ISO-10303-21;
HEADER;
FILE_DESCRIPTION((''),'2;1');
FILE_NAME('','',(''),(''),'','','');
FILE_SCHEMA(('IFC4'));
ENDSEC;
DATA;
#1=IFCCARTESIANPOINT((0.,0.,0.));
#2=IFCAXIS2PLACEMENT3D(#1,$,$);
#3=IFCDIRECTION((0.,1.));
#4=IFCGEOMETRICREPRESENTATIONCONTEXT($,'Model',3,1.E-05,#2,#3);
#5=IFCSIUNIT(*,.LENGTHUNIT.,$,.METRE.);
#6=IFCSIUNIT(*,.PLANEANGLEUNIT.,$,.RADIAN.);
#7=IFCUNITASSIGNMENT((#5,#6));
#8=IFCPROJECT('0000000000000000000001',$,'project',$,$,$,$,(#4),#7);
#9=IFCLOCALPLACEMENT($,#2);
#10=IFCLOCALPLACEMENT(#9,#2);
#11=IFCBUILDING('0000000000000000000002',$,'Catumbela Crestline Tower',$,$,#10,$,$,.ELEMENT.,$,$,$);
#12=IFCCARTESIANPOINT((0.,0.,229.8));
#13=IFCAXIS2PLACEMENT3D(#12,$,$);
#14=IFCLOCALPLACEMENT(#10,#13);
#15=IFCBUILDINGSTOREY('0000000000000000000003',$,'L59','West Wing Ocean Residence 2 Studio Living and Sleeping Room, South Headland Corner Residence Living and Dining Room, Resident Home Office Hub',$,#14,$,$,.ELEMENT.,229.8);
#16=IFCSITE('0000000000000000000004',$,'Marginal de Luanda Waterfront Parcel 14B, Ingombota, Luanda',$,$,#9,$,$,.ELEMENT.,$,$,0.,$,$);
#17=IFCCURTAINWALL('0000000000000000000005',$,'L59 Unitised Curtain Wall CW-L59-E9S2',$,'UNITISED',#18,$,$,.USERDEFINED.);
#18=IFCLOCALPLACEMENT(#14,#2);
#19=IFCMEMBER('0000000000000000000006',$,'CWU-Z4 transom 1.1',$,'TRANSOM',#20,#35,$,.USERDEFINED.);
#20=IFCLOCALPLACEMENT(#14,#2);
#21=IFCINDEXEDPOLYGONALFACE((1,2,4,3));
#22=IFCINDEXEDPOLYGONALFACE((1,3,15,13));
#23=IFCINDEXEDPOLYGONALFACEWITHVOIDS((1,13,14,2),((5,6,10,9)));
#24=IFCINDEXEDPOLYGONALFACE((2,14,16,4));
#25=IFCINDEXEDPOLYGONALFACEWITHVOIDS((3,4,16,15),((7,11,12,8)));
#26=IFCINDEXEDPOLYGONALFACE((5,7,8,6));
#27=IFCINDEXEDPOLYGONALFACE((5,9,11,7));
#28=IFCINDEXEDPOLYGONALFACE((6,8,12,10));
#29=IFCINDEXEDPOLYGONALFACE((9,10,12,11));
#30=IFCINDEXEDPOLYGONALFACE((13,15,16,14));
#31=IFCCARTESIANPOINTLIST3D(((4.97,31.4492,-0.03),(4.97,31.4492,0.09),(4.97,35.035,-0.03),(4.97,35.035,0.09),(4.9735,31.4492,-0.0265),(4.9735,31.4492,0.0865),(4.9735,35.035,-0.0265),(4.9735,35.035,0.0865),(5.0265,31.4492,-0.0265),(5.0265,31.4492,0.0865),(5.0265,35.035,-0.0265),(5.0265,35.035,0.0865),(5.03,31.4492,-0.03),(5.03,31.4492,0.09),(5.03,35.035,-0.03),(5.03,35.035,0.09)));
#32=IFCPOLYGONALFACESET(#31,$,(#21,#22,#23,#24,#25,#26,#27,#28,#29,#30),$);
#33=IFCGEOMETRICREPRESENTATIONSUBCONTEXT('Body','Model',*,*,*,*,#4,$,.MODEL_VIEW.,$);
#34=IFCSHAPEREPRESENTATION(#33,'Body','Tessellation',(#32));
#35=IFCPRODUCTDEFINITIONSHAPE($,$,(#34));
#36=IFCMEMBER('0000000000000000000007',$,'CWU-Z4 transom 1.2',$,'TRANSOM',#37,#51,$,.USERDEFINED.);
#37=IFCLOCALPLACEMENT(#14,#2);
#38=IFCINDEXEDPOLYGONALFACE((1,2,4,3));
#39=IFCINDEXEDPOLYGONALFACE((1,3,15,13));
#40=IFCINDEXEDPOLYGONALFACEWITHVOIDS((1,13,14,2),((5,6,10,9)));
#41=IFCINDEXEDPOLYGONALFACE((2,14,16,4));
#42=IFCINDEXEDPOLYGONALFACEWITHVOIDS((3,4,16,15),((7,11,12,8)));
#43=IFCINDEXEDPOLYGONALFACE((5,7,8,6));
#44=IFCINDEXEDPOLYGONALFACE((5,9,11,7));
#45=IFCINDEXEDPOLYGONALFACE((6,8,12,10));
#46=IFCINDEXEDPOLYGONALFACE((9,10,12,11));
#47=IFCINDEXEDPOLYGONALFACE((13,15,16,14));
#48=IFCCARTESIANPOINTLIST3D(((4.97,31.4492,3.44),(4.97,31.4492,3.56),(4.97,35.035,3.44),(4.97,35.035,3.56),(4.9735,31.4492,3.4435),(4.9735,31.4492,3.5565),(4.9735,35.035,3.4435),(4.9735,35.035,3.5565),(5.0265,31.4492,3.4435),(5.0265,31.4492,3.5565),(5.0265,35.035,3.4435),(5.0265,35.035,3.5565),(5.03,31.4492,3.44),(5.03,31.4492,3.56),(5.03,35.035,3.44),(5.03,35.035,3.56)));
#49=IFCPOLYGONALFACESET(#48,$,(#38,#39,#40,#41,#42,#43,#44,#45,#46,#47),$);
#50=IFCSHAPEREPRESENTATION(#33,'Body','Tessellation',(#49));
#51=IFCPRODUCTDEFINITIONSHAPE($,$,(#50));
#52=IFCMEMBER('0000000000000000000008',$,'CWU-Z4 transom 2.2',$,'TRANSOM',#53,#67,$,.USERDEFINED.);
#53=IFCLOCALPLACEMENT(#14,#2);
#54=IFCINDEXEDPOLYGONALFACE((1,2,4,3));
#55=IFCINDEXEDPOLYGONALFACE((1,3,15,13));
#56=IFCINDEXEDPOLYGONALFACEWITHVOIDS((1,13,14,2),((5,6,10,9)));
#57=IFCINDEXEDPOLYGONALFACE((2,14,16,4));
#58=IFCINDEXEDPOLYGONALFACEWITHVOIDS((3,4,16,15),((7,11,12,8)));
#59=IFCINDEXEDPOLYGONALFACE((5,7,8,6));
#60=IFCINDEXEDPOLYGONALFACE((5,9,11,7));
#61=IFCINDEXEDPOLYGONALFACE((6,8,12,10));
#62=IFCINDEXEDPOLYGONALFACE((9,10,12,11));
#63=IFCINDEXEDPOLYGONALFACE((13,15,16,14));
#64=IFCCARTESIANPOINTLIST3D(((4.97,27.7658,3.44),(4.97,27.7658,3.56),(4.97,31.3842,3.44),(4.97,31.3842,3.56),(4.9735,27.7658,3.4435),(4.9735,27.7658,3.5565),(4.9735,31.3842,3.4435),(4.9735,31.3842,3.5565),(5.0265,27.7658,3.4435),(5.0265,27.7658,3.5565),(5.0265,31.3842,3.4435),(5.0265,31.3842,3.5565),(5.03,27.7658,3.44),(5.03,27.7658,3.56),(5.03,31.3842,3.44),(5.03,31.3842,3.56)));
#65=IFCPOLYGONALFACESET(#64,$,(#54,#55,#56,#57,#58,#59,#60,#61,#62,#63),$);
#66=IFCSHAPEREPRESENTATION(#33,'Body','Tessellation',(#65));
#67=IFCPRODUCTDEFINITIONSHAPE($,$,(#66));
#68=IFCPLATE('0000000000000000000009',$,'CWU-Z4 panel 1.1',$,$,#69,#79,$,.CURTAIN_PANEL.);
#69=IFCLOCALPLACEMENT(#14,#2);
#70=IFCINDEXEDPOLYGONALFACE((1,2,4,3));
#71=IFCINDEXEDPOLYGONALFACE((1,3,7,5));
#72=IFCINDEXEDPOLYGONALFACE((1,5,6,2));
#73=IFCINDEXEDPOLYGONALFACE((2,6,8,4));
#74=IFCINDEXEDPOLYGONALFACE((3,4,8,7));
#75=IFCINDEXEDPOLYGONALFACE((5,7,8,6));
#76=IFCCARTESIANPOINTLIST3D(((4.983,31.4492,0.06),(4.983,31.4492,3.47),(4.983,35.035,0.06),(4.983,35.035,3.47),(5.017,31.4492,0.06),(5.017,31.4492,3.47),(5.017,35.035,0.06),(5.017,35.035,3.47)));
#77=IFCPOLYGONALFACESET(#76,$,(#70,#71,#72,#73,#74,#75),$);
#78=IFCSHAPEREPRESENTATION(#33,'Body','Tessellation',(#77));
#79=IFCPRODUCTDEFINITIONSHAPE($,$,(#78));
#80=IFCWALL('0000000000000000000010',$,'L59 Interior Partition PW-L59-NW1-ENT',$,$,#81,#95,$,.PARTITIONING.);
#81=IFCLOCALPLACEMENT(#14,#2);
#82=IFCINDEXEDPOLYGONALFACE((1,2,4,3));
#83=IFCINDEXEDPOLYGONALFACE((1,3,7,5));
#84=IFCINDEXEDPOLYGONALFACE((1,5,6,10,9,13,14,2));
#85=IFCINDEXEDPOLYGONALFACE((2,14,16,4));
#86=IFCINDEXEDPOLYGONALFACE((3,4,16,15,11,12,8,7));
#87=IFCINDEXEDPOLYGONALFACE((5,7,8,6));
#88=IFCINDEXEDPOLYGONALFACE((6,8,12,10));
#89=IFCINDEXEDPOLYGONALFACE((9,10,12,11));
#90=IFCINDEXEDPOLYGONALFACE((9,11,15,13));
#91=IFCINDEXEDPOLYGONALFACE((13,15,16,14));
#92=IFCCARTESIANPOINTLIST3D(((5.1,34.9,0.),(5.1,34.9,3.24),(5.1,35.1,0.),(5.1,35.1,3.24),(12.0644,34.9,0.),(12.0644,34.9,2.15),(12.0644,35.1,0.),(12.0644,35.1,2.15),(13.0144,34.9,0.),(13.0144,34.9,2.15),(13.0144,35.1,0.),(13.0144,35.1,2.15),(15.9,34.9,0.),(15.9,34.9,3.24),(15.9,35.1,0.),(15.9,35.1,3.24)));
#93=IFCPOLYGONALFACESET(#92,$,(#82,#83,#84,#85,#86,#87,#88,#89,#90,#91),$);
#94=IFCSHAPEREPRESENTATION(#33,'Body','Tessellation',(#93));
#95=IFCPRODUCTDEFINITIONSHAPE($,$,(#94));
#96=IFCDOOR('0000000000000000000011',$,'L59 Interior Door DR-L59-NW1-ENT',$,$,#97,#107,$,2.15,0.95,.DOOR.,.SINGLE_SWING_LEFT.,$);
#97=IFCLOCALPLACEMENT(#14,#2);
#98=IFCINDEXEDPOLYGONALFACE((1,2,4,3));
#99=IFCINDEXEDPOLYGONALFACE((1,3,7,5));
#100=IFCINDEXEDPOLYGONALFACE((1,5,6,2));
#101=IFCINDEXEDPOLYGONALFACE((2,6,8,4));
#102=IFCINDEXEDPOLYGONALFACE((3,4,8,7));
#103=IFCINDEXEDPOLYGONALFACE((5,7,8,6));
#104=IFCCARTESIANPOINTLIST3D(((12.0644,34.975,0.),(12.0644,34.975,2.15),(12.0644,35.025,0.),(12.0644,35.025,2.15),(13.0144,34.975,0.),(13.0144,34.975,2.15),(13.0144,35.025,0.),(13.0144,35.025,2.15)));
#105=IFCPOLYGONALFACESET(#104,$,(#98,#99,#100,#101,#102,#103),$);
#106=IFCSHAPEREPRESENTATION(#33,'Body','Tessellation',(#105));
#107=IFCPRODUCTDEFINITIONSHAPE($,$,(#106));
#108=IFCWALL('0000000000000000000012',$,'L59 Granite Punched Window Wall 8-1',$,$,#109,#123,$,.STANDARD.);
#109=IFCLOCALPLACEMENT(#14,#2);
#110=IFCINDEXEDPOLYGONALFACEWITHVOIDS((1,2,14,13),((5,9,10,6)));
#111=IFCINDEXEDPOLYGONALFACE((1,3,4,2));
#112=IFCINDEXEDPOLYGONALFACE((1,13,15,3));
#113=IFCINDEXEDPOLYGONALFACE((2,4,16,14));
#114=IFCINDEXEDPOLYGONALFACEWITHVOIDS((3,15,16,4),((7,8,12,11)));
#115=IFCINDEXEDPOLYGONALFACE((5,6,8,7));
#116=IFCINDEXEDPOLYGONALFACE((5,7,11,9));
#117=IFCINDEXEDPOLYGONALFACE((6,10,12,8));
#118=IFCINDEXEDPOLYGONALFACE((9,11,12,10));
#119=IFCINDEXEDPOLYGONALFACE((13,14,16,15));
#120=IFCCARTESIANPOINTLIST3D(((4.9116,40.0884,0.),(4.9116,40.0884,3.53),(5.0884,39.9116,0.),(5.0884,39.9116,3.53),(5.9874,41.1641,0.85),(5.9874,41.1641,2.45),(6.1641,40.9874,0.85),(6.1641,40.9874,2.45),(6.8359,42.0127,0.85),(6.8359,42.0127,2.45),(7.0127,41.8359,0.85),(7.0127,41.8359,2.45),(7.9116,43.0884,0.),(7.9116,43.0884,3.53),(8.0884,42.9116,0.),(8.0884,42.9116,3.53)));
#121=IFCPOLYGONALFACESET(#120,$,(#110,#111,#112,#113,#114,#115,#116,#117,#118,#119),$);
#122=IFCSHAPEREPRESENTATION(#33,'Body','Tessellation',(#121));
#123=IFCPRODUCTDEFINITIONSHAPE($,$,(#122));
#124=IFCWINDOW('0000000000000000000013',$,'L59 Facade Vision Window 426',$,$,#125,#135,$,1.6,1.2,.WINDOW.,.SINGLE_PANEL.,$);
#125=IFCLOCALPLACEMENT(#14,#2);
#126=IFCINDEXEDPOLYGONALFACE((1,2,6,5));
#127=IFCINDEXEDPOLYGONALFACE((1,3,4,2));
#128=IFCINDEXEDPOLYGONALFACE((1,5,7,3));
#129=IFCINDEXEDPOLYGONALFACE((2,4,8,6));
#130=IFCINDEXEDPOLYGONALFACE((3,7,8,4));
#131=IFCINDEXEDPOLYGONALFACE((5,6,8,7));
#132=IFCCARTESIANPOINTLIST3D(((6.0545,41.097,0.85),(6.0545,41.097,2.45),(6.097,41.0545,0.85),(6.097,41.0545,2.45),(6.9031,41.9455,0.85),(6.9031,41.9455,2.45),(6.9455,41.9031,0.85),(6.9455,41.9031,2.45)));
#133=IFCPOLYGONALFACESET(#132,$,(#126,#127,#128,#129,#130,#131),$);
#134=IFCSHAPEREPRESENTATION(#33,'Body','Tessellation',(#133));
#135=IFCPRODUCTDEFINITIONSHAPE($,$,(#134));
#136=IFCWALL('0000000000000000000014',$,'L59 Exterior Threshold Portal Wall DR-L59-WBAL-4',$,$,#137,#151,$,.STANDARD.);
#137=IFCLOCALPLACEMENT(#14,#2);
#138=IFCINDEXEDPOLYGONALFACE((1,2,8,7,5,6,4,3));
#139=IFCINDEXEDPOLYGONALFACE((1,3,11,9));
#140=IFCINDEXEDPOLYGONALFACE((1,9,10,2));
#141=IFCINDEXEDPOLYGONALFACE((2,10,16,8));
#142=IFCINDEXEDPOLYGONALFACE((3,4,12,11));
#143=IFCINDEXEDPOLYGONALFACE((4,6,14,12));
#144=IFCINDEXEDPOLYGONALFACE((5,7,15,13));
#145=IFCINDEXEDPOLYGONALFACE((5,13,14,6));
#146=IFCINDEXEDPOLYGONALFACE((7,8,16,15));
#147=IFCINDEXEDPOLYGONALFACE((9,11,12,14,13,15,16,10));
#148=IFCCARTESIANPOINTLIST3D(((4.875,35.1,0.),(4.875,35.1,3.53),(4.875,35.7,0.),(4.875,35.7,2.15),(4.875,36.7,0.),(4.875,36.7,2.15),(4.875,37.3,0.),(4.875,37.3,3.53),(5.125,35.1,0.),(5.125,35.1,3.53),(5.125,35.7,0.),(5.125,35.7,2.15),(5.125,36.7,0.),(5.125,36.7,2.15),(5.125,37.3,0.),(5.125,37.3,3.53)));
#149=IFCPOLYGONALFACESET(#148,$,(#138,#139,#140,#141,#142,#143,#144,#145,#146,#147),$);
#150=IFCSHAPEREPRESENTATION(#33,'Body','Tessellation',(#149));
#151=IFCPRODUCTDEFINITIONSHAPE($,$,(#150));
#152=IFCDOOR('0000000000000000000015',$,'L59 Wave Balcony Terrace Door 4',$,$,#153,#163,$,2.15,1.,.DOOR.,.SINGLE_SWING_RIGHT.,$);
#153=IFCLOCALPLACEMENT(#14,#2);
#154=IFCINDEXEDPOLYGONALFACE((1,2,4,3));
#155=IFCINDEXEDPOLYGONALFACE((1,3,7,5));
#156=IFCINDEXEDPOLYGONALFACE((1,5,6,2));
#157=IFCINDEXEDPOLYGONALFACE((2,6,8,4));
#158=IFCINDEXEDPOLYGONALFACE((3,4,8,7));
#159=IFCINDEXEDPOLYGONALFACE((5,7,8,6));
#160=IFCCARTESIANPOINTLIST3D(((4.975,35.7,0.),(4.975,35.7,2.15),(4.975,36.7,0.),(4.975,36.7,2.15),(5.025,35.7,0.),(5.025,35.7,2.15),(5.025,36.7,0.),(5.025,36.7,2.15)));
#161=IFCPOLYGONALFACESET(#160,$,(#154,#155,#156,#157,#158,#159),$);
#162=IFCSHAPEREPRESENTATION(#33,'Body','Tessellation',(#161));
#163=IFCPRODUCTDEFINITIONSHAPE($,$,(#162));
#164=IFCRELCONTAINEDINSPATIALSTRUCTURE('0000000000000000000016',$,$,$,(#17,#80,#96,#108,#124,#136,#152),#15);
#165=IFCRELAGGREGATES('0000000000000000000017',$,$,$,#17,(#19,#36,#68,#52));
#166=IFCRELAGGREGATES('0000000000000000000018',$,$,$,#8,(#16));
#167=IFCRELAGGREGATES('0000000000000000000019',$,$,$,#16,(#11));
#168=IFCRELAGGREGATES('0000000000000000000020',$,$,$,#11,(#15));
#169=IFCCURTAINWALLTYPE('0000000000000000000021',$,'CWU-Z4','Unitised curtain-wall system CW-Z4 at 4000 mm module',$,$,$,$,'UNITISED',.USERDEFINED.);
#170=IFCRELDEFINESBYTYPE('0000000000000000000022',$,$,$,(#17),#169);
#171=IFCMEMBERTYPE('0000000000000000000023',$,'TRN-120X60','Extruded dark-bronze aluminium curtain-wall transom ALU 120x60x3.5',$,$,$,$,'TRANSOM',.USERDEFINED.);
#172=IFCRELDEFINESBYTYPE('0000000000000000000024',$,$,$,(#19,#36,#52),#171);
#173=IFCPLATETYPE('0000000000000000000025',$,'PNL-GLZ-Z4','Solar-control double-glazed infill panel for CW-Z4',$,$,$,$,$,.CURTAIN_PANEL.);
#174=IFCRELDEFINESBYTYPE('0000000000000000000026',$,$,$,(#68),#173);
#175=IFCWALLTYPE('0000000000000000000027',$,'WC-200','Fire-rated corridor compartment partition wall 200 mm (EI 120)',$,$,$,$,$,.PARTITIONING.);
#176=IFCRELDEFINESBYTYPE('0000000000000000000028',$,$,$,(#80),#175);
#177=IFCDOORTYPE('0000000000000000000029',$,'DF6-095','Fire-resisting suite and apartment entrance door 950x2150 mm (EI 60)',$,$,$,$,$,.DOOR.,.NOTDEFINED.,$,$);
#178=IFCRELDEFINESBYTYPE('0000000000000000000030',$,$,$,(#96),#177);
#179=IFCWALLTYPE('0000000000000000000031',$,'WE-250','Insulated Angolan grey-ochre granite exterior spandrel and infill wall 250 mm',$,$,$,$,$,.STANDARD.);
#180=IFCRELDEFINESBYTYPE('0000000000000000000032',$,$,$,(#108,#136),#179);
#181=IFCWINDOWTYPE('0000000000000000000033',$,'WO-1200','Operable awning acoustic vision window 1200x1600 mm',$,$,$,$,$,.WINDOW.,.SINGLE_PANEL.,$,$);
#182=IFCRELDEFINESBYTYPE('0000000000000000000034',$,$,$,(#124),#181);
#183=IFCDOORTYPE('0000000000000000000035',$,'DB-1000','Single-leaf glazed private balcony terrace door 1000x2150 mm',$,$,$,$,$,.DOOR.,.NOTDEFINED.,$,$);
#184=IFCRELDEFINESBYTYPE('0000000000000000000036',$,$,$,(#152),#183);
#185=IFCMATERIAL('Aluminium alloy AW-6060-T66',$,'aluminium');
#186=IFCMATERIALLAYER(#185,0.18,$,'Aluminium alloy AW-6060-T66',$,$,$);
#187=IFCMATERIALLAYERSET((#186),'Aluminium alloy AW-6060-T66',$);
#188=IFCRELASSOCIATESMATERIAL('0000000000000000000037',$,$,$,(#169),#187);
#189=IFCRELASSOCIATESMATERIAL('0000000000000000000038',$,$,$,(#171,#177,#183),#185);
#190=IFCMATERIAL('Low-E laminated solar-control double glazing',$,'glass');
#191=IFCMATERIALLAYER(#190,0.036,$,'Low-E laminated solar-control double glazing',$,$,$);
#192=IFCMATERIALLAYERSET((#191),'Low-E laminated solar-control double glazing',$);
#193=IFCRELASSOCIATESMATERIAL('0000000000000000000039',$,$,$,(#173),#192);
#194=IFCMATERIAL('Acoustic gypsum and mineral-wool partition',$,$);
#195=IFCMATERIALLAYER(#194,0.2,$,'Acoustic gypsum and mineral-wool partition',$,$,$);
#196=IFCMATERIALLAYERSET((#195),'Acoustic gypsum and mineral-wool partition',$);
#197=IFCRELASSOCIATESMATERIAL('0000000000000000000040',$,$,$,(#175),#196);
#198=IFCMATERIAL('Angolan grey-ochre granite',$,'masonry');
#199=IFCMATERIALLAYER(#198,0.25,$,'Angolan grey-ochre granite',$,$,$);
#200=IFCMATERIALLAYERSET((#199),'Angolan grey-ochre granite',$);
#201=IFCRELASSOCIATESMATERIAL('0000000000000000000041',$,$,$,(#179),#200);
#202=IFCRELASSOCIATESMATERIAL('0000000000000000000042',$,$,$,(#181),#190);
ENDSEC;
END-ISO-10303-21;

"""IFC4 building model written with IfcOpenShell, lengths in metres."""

from ifc_helpers import new_model, si_unit, direction, frame, frame_2d, origin, origin_2d, place, context, subcontext, project, spatial, rectangle, hollow_rectangle, extrude, material, layer, layer_set, material_profile, profile_set, type_object, element, fill, aggregate, save


model = new_model("IFC4")

# Units and contexts
model_context = context("Model", 3, precision=1e-05, world=origin(), true_north=direction((0.0, 1.0)))
body_context = subcontext(model_context, "Body", "Model", "MODEL_VIEW")
ifc_project = project(units=[si_unit("LENGTHUNIT", "METRE"), si_unit("PLANEANGLEUNIT", "RADIAN")], contexts=[model_context])

# Site, building, storey
site_placement = place(None, origin())
site = spatial("IfcSite", under=ifc_project, at=site_placement, Name="Marginal de Luanda Waterfront Parcel 14B, Ingombota, Luanda", CompositionType="ELEMENT", RefElevation=0.0)
building_placement = place(site_placement, origin())
building = spatial("IfcBuilding", under=site, at=building_placement, Name="Catumbela Crestline Tower", CompositionType="ELEMENT")
storey_placement = place(building_placement, frame((0.0, 0.0, 229.8)))
storey = spatial("IfcBuildingStorey", under=building, at=storey_placement, Name="L59", Description="West Wing Ocean Residence 2 Studio Living and Sleeping Room, South Headland Corner Residence Living and Dining Room, Resident Home Office Hub", CompositionType="ELEMENT", Elevation=229.8)

# Shared definitions
ifc_material_1 = material(Name="Aluminium alloy AW-6060-T66", Category="aluminium")
ifc_layer_1 = layer(ifc_material_1, 0.18, Name="Aluminium alloy AW-6060-T66")
ifc_layer_set_1 = layer_set([ifc_layer_1], Name="Aluminium alloy AW-6060-T66")
curtain_wall_type = type_object("IfcCurtainWallType", Name="CWU-Z4", Description="Unitised curtain-wall system CW-Z4 at 4000 mm module", ElementType="UNITISED", PredefinedType="USERDEFINED", material=ifc_layer_set_1)

# Curtain wall
curtain_wall_1_placement = place(storey_placement, origin())
curtain_wall_1 = element("IfcCurtainWall", 1, at=curtain_wall_1_placement, inside=storey, type_object=curtain_wall_type, Name="L59 Unitised Curtain Wall CW-L59-E9S2", ObjectType="UNITISED", PredefinedType="USERDEFINED")

# Members
ifc_material_profile_1 = material_profile(ifc_material_1, hollow_rectangle(XDim=0.06, YDim=0.12, WallThickness=0.0035, at=origin_2d()), Name="ALU 120x60x3.5")
ifc_profile_set_1 = profile_set([ifc_material_profile_1], Name="Aluminium alloy AW-6060-T66")
member_type_1 = type_object("IfcMemberType", Name="TRN-120X60", Description="Extruded dark-bronze aluminium curtain-wall transom ALU 120x60x3.5", ElementType="TRANSOM", PredefinedType="USERDEFINED", material=ifc_profile_set_1)
member_1_placement = place(storey_placement, frame((5.0, 35.035, 0.03), z_axis=(0.0, -1.0, 0.0), x_axis=(1.0, 0.0, 0.0)))
member_1 = element("IfcMember", 2, at=member_1_placement, type_object=member_type_1, Name="CWU-Z4 transom 1.1", ObjectType="TRANSOM", PredefinedType="USERDEFINED", context=body_context, shape_type="SweptSolid", body=[
    extrude(hollow_rectangle(XDim=0.06, YDim=0.12, WallThickness=0.0035, at=origin_2d()), origin(), (0.0, 0.0, 1.0), 3.5858),
])
member_2_placement = place(storey_placement, frame((5.0, 35.035, 3.5), z_axis=(0.0, -1.0, 0.0), x_axis=(1.0, 0.0, 0.0)))
member_2 = element("IfcMember", 3, at=member_2_placement, type_object=member_type_1, Name="CWU-Z4 transom 1.2", ObjectType="TRANSOM", PredefinedType="USERDEFINED", context=body_context, shape_type="SweptSolid", body=[
    extrude(hollow_rectangle(XDim=0.06, YDim=0.12, WallThickness=0.0035, at=origin_2d()), origin(), (0.0, 0.0, 1.0), 3.5858),
])
member_3_placement = place(storey_placement, frame((5.0, 31.3842, 3.5), z_axis=(0.0, -1.0, 0.0), x_axis=(1.0, 0.0, 0.0)))
member_3 = element("IfcMember", 4, at=member_3_placement, type_object=member_type_1, Name="CWU-Z4 transom 2.2", ObjectType="TRANSOM", PredefinedType="USERDEFINED", context=body_context, shape_type="SweptSolid", body=[
    extrude(hollow_rectangle(XDim=0.06, YDim=0.12, WallThickness=0.0035, at=origin_2d()), origin(), (0.0, 0.0, 1.0), 3.6184),
])

# Plate
ifc_material_2 = material(Name="Low-E laminated solar-control double glazing", Category="glass")
ifc_layer_2 = layer(ifc_material_2, 0.036, Name="Low-E laminated solar-control double glazing")
ifc_layer_set_2 = layer_set([ifc_layer_2], Name="Low-E laminated solar-control double glazing")
plate_type = type_object("IfcPlateType", Name="PNL-GLZ-Z4", Description="Solar-control double-glazed infill panel for CW-Z4", PredefinedType="CURTAIN_PANEL", material=ifc_layer_set_2)
plate_placement = place(storey_placement, frame((5.0, 33.2421, 0.06), z_axis=(0.0, 0.0, 1.0), x_axis=(0.0, -1.0, 0.0)))
plate = element("IfcPlate", 5, at=plate_placement, type_object=plate_type, Name="CWU-Z4 panel 1.1", PredefinedType="CURTAIN_PANEL", context=body_context, shape_type="SweptSolid", body=[
    extrude(rectangle(XDim=3.5858, YDim=0.034, at=origin_2d()), origin(), (0.0, 0.0, 1.0), 3.41),
])
aggregate(curtain_wall_1, [member_1, member_2, plate, member_3])

# Wall, opening, door
ifc_material_3 = material(Name="Acoustic gypsum and mineral-wool partition")
ifc_layer_3 = layer(ifc_material_3, 0.2, Name="Acoustic gypsum and mineral-wool partition")
ifc_layer_set_3 = layer_set([ifc_layer_3], Name="Acoustic gypsum and mineral-wool partition")
wall_type_1 = type_object("IfcWallType", Name="WC-200", Description="Fire-rated corridor compartment partition wall 200 mm (EI 120)", PredefinedType="PARTITIONING", material=ifc_layer_set_3)
wall_1_placement = place(storey_placement, frame((5.1, 35.0, 0.0), z_axis=(0.0, 0.0, 1.0), x_axis=(1.0, 0.0, 0.0)))
wall_1 = element("IfcWall", 6, at=wall_1_placement, inside=storey, type_object=wall_type_1, Name="L59 Interior Partition PW-L59-NW1-ENT", PredefinedType="PARTITIONING", context=body_context, shape_type="SweptSolid", body=[
    extrude(rectangle(XDim=10.8, YDim=0.2, at=frame_2d((5.4, 0.0))), origin(), (0.0, 0.0, 1.0), 3.24),
])
opening_1_placement = place(wall_1_placement, frame((6.9644, 0.0, 0.0)))
opening_1 = element("IfcOpeningElement", 7, at=opening_1_placement, cuts=wall_1, PredefinedType="OPENING", context=body_context, shape_type="SweptSolid", body=[
    extrude(rectangle(XDim=0.95, YDim=2.15, at=frame_2d((0.475, 1.075))), frame((0.0, 0.11, 0.0), z_axis=(0.0, -1.0, 0.0), x_axis=(1.0, 0.0, 0.0)), (0.0, 0.0, 1.0), 0.22),
])
door_type_1 = type_object("IfcDoorType", Name="DF6-095", Description="Fire-resisting suite and apartment entrance door 950x2150 mm (EI 60)", OperationType="NOTDEFINED", PredefinedType="DOOR", material=ifc_material_1)
door_1_placement = place(opening_1_placement, origin())
door_1 = element("IfcDoor", 8, at=door_1_placement, inside=storey, type_object=door_type_1, Name="L59 Interior Door DR-L59-NW1-ENT", OperationType="SINGLE_SWING_LEFT", OverallHeight=2.15, OverallWidth=0.95, PredefinedType="DOOR", context=body_context, shape_type="SweptSolid", body=[
    extrude(rectangle(XDim=0.95, YDim=2.15, at=frame_2d((0.475, 1.075))), frame((0.0, 0.025, 0.0), z_axis=(0.0, -1.0, 0.0), x_axis=(1.0, 0.0, 0.0)), (0.0, 0.0, 1.0), 0.05),
])
fill(opening_1, door_1)

# Wall, opening, window
ifc_material_4 = material(Name="Angolan grey-ochre granite", Category="masonry")
ifc_layer_4 = layer(ifc_material_4, 0.25, Name="Angolan grey-ochre granite")
ifc_layer_set_4 = layer_set([ifc_layer_4], Name="Angolan grey-ochre granite")
wall_type_2 = type_object("IfcWallType", Name="WE-250", Description="Insulated Angolan grey-ochre granite exterior spandrel and infill wall 250 mm", PredefinedType="STANDARD", material=ifc_layer_set_4)
wall_2_placement = place(storey_placement, frame((8.0, 43.0, 0.0), z_axis=(0.0, 0.0, 1.0), x_axis=(-0.707107, -0.707107, 0.0)))
wall_2 = element("IfcWall", 9, at=wall_2_placement, inside=storey, type_object=wall_type_2, Name="L59 Granite Punched Window Wall 8-1", PredefinedType="STANDARD", context=body_context, shape_type="SweptSolid", body=[
    extrude(rectangle(XDim=4.2426, YDim=0.25, at=frame_2d((2.1213, 0.0))), origin(), (0.0, 0.0, 1.0), 3.53),
])
opening_2_placement = place(wall_2_placement, frame((1.5213, 0.0, 0.85)))
opening_2 = element("IfcOpeningElement", 10, at=opening_2_placement, cuts=wall_2, PredefinedType="OPENING", context=body_context, shape_type="SweptSolid", body=[
    extrude(rectangle(XDim=1.2, YDim=1.6, at=frame_2d((0.6, 0.8))), frame((0.0, 0.135, 0.0), z_axis=(0.0, -1.0, 0.0), x_axis=(1.0, 0.0, 0.0)), (0.0, 0.0, 1.0), 0.27),
])
window_type = type_object("IfcWindowType", Name="WO-1200", Description="Operable awning acoustic vision window 1200x1600 mm", PartitioningType="SINGLE_PANEL", PredefinedType="WINDOW", material=ifc_material_2)
window_1_placement = place(opening_2_placement, origin())
window_1 = element("IfcWindow", 11, at=window_1_placement, inside=storey, type_object=window_type, Name="L59 Facade Vision Window 426", OverallHeight=1.6, OverallWidth=1.2, PartitioningType="SINGLE_PANEL", PredefinedType="WINDOW", context=body_context, shape_type="SweptSolid", body=[
    extrude(rectangle(XDim=1.2, YDim=1.6, at=frame_2d((0.6, 0.8))), frame((0.0, 0.03, 0.0), z_axis=(0.0, -1.0, 0.0), x_axis=(1.0, 0.0, 0.0)), (0.0, 0.0, 1.0), 0.06),
])
fill(opening_2, window_1)

# Wall, opening, door
wall_3_placement = place(storey_placement, frame((5.0, 37.3, 0.0), z_axis=(0.0, 0.0, 1.0), x_axis=(0.0, -1.0, 0.0)))
wall_3 = element("IfcWall", 12, at=wall_3_placement, inside=storey, type_object=wall_type_2, Name="L59 Exterior Threshold Portal Wall DR-L59-WBAL-4", PredefinedType="STANDARD", context=body_context, shape_type="SweptSolid", body=[
    extrude(rectangle(XDim=2.2, YDim=0.25, at=frame_2d((1.1, 0.0))), origin(), (0.0, 0.0, 1.0), 3.53),
])
opening_3_placement = place(wall_3_placement, frame((0.6, 0.0, 0.0)))
opening_3 = element("IfcOpeningElement", 13, at=opening_3_placement, cuts=wall_3, PredefinedType="OPENING", context=body_context, shape_type="SweptSolid", body=[
    extrude(rectangle(XDim=1.0, YDim=2.15, at=frame_2d((0.5, 1.075))), frame((0.0, 0.135, 0.0), z_axis=(0.0, -1.0, 0.0), x_axis=(1.0, 0.0, 0.0)), (0.0, 0.0, 1.0), 0.27),
])
door_type_2 = type_object("IfcDoorType", Name="DB-1000", Description="Single-leaf glazed private balcony terrace door 1000x2150 mm", OperationType="NOTDEFINED", PredefinedType="DOOR", material=ifc_material_1)
door_2_placement = place(opening_3_placement, origin())
door_2 = element("IfcDoor", 14, at=door_2_placement, inside=storey, type_object=door_type_2, Name="L59 Wave Balcony Terrace Door 4", OperationType="SINGLE_SWING_RIGHT", OverallHeight=2.15, OverallWidth=1.0, PredefinedType="DOOR", context=body_context, shape_type="SweptSolid", body=[
    extrude(rectangle(XDim=1.0, YDim=2.15, at=frame_2d((0.5, 1.075))), frame((0.0, 0.025, 0.0), z_axis=(0.0, -1.0, 0.0), x_axis=(1.0, 0.0, 0.0)), (0.0, 0.0, 1.0), 0.05),
])
fill(opening_3, door_2)

save(model, "model.ifc")
